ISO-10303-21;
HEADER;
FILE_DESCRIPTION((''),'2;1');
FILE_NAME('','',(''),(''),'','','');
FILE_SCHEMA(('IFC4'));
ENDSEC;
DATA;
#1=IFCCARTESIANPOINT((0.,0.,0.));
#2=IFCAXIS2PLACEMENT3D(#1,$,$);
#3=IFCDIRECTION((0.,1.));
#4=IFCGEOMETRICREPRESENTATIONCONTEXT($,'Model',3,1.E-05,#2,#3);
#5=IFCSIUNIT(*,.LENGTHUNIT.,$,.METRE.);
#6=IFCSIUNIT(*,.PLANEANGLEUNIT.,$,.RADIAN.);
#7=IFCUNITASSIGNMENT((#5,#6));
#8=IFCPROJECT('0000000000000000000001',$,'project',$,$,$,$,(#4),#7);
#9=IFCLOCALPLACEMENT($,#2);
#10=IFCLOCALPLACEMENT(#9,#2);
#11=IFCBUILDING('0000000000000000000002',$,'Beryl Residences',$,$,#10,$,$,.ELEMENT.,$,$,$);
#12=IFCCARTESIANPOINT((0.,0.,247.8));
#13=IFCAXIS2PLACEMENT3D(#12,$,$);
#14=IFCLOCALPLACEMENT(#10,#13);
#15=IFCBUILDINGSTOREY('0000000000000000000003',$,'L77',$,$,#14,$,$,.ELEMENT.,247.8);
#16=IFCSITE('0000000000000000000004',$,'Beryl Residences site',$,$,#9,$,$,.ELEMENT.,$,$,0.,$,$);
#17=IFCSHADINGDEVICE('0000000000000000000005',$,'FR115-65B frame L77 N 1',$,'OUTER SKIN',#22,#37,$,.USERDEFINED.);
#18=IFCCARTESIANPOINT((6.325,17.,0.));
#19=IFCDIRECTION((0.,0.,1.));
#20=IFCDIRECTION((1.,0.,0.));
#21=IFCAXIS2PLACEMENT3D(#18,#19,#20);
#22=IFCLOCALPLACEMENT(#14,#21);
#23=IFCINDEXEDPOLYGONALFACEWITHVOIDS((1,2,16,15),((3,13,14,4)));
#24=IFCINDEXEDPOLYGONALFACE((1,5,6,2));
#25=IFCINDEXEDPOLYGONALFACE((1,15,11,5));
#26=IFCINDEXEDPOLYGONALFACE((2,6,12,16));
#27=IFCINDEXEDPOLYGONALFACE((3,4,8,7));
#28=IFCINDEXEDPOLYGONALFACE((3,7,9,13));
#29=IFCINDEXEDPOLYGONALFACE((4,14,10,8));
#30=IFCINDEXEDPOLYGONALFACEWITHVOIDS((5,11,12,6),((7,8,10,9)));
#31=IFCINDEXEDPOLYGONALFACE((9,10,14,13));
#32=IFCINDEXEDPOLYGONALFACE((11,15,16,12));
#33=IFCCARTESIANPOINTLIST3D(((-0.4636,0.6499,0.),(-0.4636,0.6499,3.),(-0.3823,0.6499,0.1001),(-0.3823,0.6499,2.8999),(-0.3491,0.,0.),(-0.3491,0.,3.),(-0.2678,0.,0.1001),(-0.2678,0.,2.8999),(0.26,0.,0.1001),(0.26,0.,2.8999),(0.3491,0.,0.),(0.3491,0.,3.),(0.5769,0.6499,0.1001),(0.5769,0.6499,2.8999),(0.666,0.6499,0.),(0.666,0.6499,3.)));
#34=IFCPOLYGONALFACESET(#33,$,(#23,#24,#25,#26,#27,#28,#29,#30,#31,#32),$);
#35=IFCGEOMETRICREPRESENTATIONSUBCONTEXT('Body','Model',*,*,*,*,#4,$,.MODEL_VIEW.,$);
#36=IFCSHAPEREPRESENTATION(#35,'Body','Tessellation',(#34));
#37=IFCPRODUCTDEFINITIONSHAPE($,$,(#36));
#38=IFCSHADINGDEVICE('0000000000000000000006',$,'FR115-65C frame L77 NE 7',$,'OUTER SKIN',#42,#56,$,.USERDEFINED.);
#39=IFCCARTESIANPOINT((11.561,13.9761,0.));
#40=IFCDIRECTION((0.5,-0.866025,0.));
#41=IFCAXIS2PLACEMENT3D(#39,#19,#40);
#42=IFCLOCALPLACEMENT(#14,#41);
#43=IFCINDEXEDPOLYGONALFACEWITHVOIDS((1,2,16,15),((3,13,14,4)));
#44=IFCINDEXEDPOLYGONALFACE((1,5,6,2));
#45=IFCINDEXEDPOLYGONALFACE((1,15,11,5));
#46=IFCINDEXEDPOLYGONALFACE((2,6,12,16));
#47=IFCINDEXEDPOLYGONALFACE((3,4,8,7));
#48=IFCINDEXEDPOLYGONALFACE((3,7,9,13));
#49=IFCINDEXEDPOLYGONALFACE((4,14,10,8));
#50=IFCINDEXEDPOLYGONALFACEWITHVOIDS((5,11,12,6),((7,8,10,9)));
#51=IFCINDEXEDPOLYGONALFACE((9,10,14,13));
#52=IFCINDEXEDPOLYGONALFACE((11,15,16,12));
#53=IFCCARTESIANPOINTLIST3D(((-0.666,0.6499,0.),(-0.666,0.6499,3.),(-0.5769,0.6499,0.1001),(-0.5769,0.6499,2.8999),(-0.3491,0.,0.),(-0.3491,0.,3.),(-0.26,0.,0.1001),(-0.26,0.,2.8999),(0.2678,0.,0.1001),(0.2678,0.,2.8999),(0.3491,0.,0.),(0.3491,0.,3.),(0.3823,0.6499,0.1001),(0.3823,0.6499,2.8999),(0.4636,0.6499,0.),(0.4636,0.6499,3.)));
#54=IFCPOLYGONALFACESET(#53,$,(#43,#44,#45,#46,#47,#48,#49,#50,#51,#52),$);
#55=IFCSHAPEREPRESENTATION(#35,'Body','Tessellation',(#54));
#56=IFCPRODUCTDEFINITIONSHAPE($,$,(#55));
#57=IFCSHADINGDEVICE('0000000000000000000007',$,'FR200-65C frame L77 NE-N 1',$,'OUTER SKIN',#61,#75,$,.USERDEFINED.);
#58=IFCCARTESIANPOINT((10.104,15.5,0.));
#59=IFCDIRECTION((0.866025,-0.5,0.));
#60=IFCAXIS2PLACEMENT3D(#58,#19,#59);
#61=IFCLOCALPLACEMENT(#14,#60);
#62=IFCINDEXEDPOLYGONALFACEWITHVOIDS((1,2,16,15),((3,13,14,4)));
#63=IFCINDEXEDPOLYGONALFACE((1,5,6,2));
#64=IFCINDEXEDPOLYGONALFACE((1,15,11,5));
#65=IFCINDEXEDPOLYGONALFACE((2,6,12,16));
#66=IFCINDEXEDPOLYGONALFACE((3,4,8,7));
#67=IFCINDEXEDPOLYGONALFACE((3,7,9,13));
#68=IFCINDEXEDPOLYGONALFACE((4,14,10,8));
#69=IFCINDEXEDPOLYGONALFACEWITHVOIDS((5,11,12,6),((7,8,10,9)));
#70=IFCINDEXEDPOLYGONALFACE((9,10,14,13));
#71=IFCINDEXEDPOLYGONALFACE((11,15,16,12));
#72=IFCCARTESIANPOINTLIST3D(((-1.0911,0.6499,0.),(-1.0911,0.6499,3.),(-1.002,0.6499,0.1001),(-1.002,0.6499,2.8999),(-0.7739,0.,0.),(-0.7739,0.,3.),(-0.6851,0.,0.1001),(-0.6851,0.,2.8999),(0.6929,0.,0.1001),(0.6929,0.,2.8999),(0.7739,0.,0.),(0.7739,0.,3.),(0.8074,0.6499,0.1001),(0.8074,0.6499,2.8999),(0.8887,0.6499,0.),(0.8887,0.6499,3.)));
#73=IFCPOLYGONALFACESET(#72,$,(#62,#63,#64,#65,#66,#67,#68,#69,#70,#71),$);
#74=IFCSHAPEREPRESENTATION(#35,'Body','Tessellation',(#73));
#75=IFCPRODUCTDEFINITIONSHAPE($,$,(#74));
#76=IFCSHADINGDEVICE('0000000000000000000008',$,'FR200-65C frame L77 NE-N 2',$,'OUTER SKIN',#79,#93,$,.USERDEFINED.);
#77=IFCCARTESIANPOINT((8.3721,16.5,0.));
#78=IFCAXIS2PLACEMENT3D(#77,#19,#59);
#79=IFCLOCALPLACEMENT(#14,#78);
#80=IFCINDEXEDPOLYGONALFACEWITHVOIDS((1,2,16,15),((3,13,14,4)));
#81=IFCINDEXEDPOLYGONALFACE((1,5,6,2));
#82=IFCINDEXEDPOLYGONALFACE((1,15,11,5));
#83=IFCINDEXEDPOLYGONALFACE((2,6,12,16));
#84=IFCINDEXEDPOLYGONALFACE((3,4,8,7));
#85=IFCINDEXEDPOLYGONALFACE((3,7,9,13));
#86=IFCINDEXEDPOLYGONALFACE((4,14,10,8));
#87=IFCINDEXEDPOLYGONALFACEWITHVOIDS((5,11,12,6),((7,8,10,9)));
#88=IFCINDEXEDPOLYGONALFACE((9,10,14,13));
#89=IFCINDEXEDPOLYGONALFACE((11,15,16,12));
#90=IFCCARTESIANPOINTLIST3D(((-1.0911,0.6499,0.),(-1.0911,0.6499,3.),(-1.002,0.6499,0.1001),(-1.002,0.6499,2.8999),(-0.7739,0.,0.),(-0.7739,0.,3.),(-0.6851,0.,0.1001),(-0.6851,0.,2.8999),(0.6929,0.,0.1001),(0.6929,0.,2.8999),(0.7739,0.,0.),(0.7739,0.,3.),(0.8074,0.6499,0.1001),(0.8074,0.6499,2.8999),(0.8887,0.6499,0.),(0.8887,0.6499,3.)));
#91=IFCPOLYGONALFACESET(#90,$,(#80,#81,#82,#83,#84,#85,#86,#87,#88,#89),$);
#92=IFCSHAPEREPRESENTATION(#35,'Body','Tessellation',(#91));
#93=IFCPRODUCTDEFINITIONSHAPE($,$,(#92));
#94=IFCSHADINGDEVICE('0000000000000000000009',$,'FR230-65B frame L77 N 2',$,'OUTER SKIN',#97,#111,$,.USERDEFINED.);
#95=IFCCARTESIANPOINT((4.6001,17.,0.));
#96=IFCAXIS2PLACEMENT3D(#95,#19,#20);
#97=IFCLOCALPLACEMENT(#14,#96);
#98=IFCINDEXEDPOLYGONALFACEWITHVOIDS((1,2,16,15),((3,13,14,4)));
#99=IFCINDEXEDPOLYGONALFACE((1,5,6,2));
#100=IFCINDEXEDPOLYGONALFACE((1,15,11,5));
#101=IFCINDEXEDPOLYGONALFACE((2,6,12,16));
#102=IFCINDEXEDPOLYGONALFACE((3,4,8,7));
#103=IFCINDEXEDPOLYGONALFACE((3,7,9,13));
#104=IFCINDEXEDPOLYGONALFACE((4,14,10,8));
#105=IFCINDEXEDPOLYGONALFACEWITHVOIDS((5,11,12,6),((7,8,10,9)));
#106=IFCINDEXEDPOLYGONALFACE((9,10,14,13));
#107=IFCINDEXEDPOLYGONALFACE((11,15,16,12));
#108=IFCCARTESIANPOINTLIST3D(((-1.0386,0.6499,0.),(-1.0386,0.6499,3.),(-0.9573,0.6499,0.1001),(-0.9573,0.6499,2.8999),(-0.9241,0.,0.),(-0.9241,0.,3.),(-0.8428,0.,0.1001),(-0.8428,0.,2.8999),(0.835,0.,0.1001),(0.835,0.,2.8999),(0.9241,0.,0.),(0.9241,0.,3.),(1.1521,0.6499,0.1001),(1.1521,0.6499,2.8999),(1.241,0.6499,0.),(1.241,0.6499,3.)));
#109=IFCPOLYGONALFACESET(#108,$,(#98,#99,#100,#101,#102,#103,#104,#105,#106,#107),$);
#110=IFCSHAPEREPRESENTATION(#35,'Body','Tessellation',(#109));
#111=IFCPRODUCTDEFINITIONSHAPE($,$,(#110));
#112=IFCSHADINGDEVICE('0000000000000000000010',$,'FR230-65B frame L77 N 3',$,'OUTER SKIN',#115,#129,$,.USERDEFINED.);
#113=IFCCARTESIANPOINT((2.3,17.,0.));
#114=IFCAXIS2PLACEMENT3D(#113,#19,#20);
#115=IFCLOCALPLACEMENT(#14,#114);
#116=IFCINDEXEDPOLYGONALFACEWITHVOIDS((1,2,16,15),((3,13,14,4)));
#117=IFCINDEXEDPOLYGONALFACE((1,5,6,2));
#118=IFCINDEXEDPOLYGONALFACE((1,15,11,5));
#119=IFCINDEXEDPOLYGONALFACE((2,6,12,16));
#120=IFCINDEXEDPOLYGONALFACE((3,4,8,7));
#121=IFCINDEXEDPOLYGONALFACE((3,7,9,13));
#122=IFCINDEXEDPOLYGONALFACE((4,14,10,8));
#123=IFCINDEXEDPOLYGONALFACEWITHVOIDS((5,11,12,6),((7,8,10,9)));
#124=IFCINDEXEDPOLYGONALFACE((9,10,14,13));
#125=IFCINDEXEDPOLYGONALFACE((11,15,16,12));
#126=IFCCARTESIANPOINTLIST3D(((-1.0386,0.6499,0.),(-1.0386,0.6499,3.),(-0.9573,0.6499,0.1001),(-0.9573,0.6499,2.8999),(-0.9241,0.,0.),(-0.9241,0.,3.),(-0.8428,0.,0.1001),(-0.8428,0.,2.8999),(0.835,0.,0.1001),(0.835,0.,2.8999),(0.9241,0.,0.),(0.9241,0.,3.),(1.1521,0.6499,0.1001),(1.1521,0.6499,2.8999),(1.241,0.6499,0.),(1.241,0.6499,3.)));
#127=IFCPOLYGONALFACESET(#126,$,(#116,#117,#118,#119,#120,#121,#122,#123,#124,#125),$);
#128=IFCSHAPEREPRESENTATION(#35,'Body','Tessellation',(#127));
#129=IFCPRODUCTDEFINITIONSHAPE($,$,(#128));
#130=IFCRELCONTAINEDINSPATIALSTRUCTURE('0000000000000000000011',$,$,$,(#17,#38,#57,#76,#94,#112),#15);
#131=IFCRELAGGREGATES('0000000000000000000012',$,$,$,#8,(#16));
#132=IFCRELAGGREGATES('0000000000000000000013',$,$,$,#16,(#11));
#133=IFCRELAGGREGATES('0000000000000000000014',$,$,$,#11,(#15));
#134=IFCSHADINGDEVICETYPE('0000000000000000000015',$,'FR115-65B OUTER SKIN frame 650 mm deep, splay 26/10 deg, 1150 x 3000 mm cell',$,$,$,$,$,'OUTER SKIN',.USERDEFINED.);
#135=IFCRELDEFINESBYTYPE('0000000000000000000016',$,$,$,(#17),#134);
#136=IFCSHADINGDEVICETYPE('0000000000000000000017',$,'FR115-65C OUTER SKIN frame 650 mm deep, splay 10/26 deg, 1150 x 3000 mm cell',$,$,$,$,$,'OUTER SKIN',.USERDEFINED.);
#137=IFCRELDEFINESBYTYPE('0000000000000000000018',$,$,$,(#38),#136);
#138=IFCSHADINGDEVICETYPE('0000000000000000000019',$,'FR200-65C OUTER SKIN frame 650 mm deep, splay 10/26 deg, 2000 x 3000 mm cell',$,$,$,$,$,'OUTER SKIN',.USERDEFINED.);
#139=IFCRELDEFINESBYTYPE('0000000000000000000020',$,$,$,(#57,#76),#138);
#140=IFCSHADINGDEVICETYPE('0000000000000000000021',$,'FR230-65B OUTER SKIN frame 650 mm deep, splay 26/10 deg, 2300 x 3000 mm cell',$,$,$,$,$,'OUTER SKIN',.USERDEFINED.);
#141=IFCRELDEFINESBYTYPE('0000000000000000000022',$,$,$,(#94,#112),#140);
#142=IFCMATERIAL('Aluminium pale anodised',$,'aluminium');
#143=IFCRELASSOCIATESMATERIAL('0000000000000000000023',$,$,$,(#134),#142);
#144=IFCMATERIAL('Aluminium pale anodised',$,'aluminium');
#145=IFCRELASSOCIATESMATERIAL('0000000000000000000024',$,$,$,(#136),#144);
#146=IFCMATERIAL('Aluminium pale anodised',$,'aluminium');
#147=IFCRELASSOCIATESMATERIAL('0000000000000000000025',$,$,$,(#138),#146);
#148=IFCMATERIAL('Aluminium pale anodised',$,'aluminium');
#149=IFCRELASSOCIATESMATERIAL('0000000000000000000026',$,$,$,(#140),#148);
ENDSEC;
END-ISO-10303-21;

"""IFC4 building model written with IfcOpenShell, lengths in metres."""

from ifc_helpers import new_model, entity, si_unit, direction, frame, origin, place, context, subcontext, project, spatial, source, transform, mapped, material, type_object, type_shapes, element, save


model = new_model("IFC4")

# Units and contexts
model_context = context("Model", 3, precision=1e-05, world=origin(), true_north=direction((0.0, 1.0)))
body_context = subcontext(model_context, "Body", "Model", "MODEL_VIEW")
ifc_project = project(units=[si_unit("LENGTHUNIT", "METRE"), si_unit("PLANEANGLEUNIT", "RADIAN")], contexts=[model_context])

# Site, building, storey
site_placement = place(None, origin())
site = spatial("IfcSite", under=ifc_project, at=site_placement, Name="Beryl Residences site", CompositionType="ELEMENT", RefElevation=0.0)
building_placement = place(site_placement, origin())
building = spatial("IfcBuilding", under=site, at=building_placement, Name="Beryl Residences", CompositionType="ELEMENT")
storey_placement = place(building_placement, frame((0.0, 0.0, 247.8)))
storey = spatial("IfcBuildingStorey", under=building, at=storey_placement, Name="L77", CompositionType="ELEMENT", Elevation=247.8)

# Shading devices
ifc_material_1 = material(Name="Aluminium pale anodised", Category="aluminium")
shading_device_type_1 = type_object("IfcShadingDeviceType", Name="FR115-65B OUTER SKIN frame 650 mm deep, splay 26/10 deg, 1150 x 3000 mm cell", ElementType="OUTER SKIN", PredefinedType="USERDEFINED", material=ifc_material_1)
cartesian_point_1 = entity("IfcCartesianPoint", [-0.3491, 0.0])
cartesian_point_2 = entity("IfcCartesianPoint", [-0.26, 0.1001])
cartesian_point_3 = entity("IfcCartesianPoint", [-0.666, 0.0])
cartesian_point_4 = entity("IfcCartesianPoint", [-0.5769, 0.1001])
shared_shape_1 = source(origin(), body_context, "Body", "SweptSolid", [
    entity("IfcExtrudedAreaSolidTapered", entity("IfcArbitraryProfileDefWithVoids", "AREA", None, entity("IfcPolyline", [cartesian_point_1, entity("IfcCartesianPoint", [0.3491, 0.0]), entity("IfcCartesianPoint", [0.3491, 3.0]), entity("IfcCartesianPoint", [-0.3491, 3.0]), cartesian_point_1]), [entity("IfcPolyline", [cartesian_point_2, entity("IfcCartesianPoint", [0.2678, 0.1001]), entity("IfcCartesianPoint", [0.2678, 2.8999]), entity("IfcCartesianPoint", [-0.26, 2.8999]), cartesian_point_2])]), entity("IfcAxis2Placement3D", entity("IfcCartesianPoint", [0.0, 0.0, 0.0]), entity("IfcDirection", [0.0, 1.0, 0.0]), entity("IfcDirection", [-1.0, 0.0, 0.0])), entity("IfcDirection", [0.0, 0.0, 1.0]), 0.6499, entity("IfcArbitraryProfileDefWithVoids", "AREA", None, entity("IfcPolyline", [cartesian_point_3, entity("IfcCartesianPoint", [0.4636, 0.0]), entity("IfcCartesianPoint", [0.4636, 3.0]), entity("IfcCartesianPoint", [-0.666, 3.0]), cartesian_point_3]), [entity("IfcPolyline", [cartesian_point_4, entity("IfcCartesianPoint", [0.3823, 0.1001]), entity("IfcCartesianPoint", [0.3823, 2.8999]), entity("IfcCartesianPoint", [-0.5769, 2.8999]), cartesian_point_4])])),
])
type_shapes(shading_device_type_1, [shared_shape_1])
shading_device_1_placement = place(storey_placement, frame((6.325, 17.0, 0.0), z_axis=(0.0, 0.0, 1.0), x_axis=(1.0, 0.0, 0.0)))
element("IfcShadingDevice", 1, at=shading_device_1_placement, inside=storey, type_object=shading_device_type_1, Name="FR115-65B frame L77 N 1", ObjectType="OUTER SKIN", PredefinedType="USERDEFINED", context=body_context, shape_type="MappedRepresentation", body=[
    mapped(shared_shape_1, transform((0.0, 0.0, 0.0))),
])
ifc_material_2 = material(Name="Aluminium pale anodised", Category="aluminium")
shading_device_type_2 = type_object("IfcShadingDeviceType", Name="FR115-65C OUTER SKIN frame 650 mm deep, splay 10/26 deg, 1150 x 3000 mm cell", ElementType="OUTER SKIN", PredefinedType="USERDEFINED", material=ifc_material_2)
cartesian_point_5 = entity("IfcCartesianPoint", [-0.3491, 0.0])
cartesian_point_6 = entity("IfcCartesianPoint", [-0.2678, 0.1001])
cartesian_point_7 = entity("IfcCartesianPoint", [-0.4636, 0.0])
cartesian_point_8 = entity("IfcCartesianPoint", [-0.3823, 0.1001])
shared_shape_2 = source(origin(), body_context, "Body", "SweptSolid", [
    entity("IfcExtrudedAreaSolidTapered", entity("IfcArbitraryProfileDefWithVoids", "AREA", None, entity("IfcPolyline", [cartesian_point_5, entity("IfcCartesianPoint", [0.3491, 0.0]), entity("IfcCartesianPoint", [0.3491, 3.0]), entity("IfcCartesianPoint", [-0.3491, 3.0]), cartesian_point_5]), [entity("IfcPolyline", [cartesian_point_6, entity("IfcCartesianPoint", [0.26, 0.1001]), entity("IfcCartesianPoint", [0.26, 2.8999]), entity("IfcCartesianPoint", [-0.2678, 2.8999]), cartesian_point_6])]), entity("IfcAxis2Placement3D", entity("IfcCartesianPoint", [0.0, 0.0, 0.0]), entity("IfcDirection", [0.0, 1.0, 0.0]), entity("IfcDirection", [-1.0, 0.0, 0.0])), entity("IfcDirection", [0.0, 0.0, 1.0]), 0.6499, entity("IfcArbitraryProfileDefWithVoids", "AREA", None, entity("IfcPolyline", [cartesian_point_7, entity("IfcCartesianPoint", [0.666, 0.0]), entity("IfcCartesianPoint", [0.666, 3.0]), entity("IfcCartesianPoint", [-0.4636, 3.0]), cartesian_point_7]), [entity("IfcPolyline", [cartesian_point_8, entity("IfcCartesianPoint", [0.5769, 0.1001]), entity("IfcCartesianPoint", [0.5769, 2.8999]), entity("IfcCartesianPoint", [-0.3823, 2.8999]), cartesian_point_8])])),
])
type_shapes(shading_device_type_2, [shared_shape_2])
shading_device_2_placement = place(storey_placement, frame((11.561, 13.9761, 0.0), z_axis=(0.0, 0.0, 1.0), x_axis=(0.5, -0.866025, 0.0)))
element("IfcShadingDevice", 2, at=shading_device_2_placement, inside=storey, type_object=shading_device_type_2, Name="FR115-65C frame L77 NE 7", ObjectType="OUTER SKIN", PredefinedType="USERDEFINED", context=body_context, shape_type="MappedRepresentation", body=[
    mapped(shared_shape_2, transform((0.0, 0.0, 0.0))),
])
ifc_material_3 = material(Name="Aluminium pale anodised", Category="aluminium")
shading_device_type_3 = type_object("IfcShadingDeviceType", Name="FR200-65C OUTER SKIN frame 650 mm deep, splay 10/26 deg, 2000 x 3000 mm cell", ElementType="OUTER SKIN", PredefinedType="USERDEFINED", material=ifc_material_3)
cartesian_point_9 = entity("IfcCartesianPoint", [-0.7739, 0.0])
cartesian_point_10 = entity("IfcCartesianPoint", [-0.6929, 0.1001])
cartesian_point_11 = entity("IfcCartesianPoint", [-0.8887, 0.0])
cartesian_point_12 = entity("IfcCartesianPoint", [-0.8074, 0.1001])
shared_shape_3 = source(origin(), body_context, "Body", "SweptSolid", [
    entity("IfcExtrudedAreaSolidTapered", entity("IfcArbitraryProfileDefWithVoids", "AREA", None, entity("IfcPolyline", [cartesian_point_9, entity("IfcCartesianPoint", [0.7739, 0.0]), entity("IfcCartesianPoint", [0.7739, 3.0]), entity("IfcCartesianPoint", [-0.7739, 3.0]), cartesian_point_9]), [entity("IfcPolyline", [cartesian_point_10, entity("IfcCartesianPoint", [0.6851, 0.1001]), entity("IfcCartesianPoint", [0.6851, 2.8999]), entity("IfcCartesianPoint", [-0.6929, 2.8999]), cartesian_point_10])]), entity("IfcAxis2Placement3D", entity("IfcCartesianPoint", [0.0, 0.0, 0.0]), entity("IfcDirection", [0.0, 1.0, 0.0]), entity("IfcDirection", [-1.0, 0.0, 0.0])), entity("IfcDirection", [0.0, 0.0, 1.0]), 0.6499, entity("IfcArbitraryProfileDefWithVoids", "AREA", None, entity("IfcPolyline", [cartesian_point_11, entity("IfcCartesianPoint", [1.0911, 0.0]), entity("IfcCartesianPoint", [1.0911, 3.0]), entity("IfcCartesianPoint", [-0.8887, 3.0]), cartesian_point_11]), [entity("IfcPolyline", [cartesian_point_12, entity("IfcCartesianPoint", [1.002, 0.1001]), entity("IfcCartesianPoint", [1.002, 2.8999]), entity("IfcCartesianPoint", [-0.8074, 2.8999]), cartesian_point_12])])),
])
type_shapes(shading_device_type_3, [shared_shape_3])
for number, where, z_axis, x_axis, name in (
    (3, (10.104, 15.5, 0.0), (0.0, 0.0, 1.0), (0.866025, -0.5, 0.0), "FR200-65C frame L77 NE-N 1"),
    (4, (8.3721, 16.5, 0.0), (0.0, 0.0, 1.0), (0.866025, -0.5, 0.0), "FR200-65C frame L77 NE-N 2"),
):
    element("IfcShadingDevice", number, at=place(storey_placement, frame(where, z_axis=z_axis, x_axis=x_axis)), inside=storey, type_object=shading_device_type_3, Name=name, ObjectType="OUTER SKIN", PredefinedType="USERDEFINED", context=body_context, shape_type="MappedRepresentation", body=[
        mapped(shared_shape_3, transform((0.0, 0.0, 0.0))),
    ])
ifc_material_4 = material(Name="Aluminium pale anodised", Category="aluminium")
shading_device_type_4 = type_object("IfcShadingDeviceType", Name="FR230-65B OUTER SKIN frame 650 mm deep, splay 26/10 deg, 2300 x 3000 mm cell", ElementType="OUTER SKIN", PredefinedType="USERDEFINED", material=ifc_material_4)
cartesian_point_13 = entity("IfcCartesianPoint", [-0.9241, 0.0])
cartesian_point_14 = entity("IfcCartesianPoint", [-0.835, 0.1001])
cartesian_point_15 = entity("IfcCartesianPoint", [-1.241, 0.0])
cartesian_point_16 = entity("IfcCartesianPoint", [-1.1521, 0.1001])
shared_shape_4 = source(origin(), body_context, "Body", "SweptSolid", [
    entity("IfcExtrudedAreaSolidTapered", entity("IfcArbitraryProfileDefWithVoids", "AREA", None, entity("IfcPolyline", [cartesian_point_13, entity("IfcCartesianPoint", [0.9241, 0.0]), entity("IfcCartesianPoint", [0.9241, 3.0]), entity("IfcCartesianPoint", [-0.9241, 3.0]), cartesian_point_13]), [entity("IfcPolyline", [cartesian_point_14, entity("IfcCartesianPoint", [0.8428, 0.1001]), entity("IfcCartesianPoint", [0.8428, 2.8999]), entity("IfcCartesianPoint", [-0.835, 2.8999]), cartesian_point_14])]), entity("IfcAxis2Placement3D", entity("IfcCartesianPoint", [0.0, 0.0, 0.0]), entity("IfcDirection", [0.0, 1.0, 0.0]), entity("IfcDirection", [-1.0, 0.0, 0.0])), entity("IfcDirection", [0.0, 0.0, 1.0]), 0.6499, entity("IfcArbitraryProfileDefWithVoids", "AREA", None, entity("IfcPolyline", [cartesian_point_15, entity("IfcCartesianPoint", [1.0386, 0.0]), entity("IfcCartesianPoint", [1.0386, 3.0]), entity("IfcCartesianPoint", [-1.241, 3.0]), cartesian_point_15]), [entity("IfcPolyline", [cartesian_point_16, entity("IfcCartesianPoint", [0.9573, 0.1001]), entity("IfcCartesianPoint", [0.9573, 2.8999]), entity("IfcCartesianPoint", [-1.1521, 2.8999]), cartesian_point_16])])),
])
type_shapes(shading_device_type_4, [shared_shape_4])
for number, where, z_axis, x_axis, name in (
    (5, (4.6001, 17.0, 0.0), (0.0, 0.0, 1.0), (1.0, 0.0, 0.0), "FR230-65B frame L77 N 2"),
    (6, (2.3, 17.0, 0.0), (0.0, 0.0, 1.0), (1.0, 0.0, 0.0), "FR230-65B frame L77 N 3"),
):
    element("IfcShadingDevice", number, at=place(storey_placement, frame(where, z_axis=z_axis, x_axis=x_axis)), inside=storey, type_object=shading_device_type_4, Name=name, ObjectType="OUTER SKIN", PredefinedType="USERDEFINED", context=body_context, shape_type="MappedRepresentation", body=[
        mapped(shared_shape_4, transform((0.0, 0.0, 0.0))),
    ])

save(model, "model.ifc")
